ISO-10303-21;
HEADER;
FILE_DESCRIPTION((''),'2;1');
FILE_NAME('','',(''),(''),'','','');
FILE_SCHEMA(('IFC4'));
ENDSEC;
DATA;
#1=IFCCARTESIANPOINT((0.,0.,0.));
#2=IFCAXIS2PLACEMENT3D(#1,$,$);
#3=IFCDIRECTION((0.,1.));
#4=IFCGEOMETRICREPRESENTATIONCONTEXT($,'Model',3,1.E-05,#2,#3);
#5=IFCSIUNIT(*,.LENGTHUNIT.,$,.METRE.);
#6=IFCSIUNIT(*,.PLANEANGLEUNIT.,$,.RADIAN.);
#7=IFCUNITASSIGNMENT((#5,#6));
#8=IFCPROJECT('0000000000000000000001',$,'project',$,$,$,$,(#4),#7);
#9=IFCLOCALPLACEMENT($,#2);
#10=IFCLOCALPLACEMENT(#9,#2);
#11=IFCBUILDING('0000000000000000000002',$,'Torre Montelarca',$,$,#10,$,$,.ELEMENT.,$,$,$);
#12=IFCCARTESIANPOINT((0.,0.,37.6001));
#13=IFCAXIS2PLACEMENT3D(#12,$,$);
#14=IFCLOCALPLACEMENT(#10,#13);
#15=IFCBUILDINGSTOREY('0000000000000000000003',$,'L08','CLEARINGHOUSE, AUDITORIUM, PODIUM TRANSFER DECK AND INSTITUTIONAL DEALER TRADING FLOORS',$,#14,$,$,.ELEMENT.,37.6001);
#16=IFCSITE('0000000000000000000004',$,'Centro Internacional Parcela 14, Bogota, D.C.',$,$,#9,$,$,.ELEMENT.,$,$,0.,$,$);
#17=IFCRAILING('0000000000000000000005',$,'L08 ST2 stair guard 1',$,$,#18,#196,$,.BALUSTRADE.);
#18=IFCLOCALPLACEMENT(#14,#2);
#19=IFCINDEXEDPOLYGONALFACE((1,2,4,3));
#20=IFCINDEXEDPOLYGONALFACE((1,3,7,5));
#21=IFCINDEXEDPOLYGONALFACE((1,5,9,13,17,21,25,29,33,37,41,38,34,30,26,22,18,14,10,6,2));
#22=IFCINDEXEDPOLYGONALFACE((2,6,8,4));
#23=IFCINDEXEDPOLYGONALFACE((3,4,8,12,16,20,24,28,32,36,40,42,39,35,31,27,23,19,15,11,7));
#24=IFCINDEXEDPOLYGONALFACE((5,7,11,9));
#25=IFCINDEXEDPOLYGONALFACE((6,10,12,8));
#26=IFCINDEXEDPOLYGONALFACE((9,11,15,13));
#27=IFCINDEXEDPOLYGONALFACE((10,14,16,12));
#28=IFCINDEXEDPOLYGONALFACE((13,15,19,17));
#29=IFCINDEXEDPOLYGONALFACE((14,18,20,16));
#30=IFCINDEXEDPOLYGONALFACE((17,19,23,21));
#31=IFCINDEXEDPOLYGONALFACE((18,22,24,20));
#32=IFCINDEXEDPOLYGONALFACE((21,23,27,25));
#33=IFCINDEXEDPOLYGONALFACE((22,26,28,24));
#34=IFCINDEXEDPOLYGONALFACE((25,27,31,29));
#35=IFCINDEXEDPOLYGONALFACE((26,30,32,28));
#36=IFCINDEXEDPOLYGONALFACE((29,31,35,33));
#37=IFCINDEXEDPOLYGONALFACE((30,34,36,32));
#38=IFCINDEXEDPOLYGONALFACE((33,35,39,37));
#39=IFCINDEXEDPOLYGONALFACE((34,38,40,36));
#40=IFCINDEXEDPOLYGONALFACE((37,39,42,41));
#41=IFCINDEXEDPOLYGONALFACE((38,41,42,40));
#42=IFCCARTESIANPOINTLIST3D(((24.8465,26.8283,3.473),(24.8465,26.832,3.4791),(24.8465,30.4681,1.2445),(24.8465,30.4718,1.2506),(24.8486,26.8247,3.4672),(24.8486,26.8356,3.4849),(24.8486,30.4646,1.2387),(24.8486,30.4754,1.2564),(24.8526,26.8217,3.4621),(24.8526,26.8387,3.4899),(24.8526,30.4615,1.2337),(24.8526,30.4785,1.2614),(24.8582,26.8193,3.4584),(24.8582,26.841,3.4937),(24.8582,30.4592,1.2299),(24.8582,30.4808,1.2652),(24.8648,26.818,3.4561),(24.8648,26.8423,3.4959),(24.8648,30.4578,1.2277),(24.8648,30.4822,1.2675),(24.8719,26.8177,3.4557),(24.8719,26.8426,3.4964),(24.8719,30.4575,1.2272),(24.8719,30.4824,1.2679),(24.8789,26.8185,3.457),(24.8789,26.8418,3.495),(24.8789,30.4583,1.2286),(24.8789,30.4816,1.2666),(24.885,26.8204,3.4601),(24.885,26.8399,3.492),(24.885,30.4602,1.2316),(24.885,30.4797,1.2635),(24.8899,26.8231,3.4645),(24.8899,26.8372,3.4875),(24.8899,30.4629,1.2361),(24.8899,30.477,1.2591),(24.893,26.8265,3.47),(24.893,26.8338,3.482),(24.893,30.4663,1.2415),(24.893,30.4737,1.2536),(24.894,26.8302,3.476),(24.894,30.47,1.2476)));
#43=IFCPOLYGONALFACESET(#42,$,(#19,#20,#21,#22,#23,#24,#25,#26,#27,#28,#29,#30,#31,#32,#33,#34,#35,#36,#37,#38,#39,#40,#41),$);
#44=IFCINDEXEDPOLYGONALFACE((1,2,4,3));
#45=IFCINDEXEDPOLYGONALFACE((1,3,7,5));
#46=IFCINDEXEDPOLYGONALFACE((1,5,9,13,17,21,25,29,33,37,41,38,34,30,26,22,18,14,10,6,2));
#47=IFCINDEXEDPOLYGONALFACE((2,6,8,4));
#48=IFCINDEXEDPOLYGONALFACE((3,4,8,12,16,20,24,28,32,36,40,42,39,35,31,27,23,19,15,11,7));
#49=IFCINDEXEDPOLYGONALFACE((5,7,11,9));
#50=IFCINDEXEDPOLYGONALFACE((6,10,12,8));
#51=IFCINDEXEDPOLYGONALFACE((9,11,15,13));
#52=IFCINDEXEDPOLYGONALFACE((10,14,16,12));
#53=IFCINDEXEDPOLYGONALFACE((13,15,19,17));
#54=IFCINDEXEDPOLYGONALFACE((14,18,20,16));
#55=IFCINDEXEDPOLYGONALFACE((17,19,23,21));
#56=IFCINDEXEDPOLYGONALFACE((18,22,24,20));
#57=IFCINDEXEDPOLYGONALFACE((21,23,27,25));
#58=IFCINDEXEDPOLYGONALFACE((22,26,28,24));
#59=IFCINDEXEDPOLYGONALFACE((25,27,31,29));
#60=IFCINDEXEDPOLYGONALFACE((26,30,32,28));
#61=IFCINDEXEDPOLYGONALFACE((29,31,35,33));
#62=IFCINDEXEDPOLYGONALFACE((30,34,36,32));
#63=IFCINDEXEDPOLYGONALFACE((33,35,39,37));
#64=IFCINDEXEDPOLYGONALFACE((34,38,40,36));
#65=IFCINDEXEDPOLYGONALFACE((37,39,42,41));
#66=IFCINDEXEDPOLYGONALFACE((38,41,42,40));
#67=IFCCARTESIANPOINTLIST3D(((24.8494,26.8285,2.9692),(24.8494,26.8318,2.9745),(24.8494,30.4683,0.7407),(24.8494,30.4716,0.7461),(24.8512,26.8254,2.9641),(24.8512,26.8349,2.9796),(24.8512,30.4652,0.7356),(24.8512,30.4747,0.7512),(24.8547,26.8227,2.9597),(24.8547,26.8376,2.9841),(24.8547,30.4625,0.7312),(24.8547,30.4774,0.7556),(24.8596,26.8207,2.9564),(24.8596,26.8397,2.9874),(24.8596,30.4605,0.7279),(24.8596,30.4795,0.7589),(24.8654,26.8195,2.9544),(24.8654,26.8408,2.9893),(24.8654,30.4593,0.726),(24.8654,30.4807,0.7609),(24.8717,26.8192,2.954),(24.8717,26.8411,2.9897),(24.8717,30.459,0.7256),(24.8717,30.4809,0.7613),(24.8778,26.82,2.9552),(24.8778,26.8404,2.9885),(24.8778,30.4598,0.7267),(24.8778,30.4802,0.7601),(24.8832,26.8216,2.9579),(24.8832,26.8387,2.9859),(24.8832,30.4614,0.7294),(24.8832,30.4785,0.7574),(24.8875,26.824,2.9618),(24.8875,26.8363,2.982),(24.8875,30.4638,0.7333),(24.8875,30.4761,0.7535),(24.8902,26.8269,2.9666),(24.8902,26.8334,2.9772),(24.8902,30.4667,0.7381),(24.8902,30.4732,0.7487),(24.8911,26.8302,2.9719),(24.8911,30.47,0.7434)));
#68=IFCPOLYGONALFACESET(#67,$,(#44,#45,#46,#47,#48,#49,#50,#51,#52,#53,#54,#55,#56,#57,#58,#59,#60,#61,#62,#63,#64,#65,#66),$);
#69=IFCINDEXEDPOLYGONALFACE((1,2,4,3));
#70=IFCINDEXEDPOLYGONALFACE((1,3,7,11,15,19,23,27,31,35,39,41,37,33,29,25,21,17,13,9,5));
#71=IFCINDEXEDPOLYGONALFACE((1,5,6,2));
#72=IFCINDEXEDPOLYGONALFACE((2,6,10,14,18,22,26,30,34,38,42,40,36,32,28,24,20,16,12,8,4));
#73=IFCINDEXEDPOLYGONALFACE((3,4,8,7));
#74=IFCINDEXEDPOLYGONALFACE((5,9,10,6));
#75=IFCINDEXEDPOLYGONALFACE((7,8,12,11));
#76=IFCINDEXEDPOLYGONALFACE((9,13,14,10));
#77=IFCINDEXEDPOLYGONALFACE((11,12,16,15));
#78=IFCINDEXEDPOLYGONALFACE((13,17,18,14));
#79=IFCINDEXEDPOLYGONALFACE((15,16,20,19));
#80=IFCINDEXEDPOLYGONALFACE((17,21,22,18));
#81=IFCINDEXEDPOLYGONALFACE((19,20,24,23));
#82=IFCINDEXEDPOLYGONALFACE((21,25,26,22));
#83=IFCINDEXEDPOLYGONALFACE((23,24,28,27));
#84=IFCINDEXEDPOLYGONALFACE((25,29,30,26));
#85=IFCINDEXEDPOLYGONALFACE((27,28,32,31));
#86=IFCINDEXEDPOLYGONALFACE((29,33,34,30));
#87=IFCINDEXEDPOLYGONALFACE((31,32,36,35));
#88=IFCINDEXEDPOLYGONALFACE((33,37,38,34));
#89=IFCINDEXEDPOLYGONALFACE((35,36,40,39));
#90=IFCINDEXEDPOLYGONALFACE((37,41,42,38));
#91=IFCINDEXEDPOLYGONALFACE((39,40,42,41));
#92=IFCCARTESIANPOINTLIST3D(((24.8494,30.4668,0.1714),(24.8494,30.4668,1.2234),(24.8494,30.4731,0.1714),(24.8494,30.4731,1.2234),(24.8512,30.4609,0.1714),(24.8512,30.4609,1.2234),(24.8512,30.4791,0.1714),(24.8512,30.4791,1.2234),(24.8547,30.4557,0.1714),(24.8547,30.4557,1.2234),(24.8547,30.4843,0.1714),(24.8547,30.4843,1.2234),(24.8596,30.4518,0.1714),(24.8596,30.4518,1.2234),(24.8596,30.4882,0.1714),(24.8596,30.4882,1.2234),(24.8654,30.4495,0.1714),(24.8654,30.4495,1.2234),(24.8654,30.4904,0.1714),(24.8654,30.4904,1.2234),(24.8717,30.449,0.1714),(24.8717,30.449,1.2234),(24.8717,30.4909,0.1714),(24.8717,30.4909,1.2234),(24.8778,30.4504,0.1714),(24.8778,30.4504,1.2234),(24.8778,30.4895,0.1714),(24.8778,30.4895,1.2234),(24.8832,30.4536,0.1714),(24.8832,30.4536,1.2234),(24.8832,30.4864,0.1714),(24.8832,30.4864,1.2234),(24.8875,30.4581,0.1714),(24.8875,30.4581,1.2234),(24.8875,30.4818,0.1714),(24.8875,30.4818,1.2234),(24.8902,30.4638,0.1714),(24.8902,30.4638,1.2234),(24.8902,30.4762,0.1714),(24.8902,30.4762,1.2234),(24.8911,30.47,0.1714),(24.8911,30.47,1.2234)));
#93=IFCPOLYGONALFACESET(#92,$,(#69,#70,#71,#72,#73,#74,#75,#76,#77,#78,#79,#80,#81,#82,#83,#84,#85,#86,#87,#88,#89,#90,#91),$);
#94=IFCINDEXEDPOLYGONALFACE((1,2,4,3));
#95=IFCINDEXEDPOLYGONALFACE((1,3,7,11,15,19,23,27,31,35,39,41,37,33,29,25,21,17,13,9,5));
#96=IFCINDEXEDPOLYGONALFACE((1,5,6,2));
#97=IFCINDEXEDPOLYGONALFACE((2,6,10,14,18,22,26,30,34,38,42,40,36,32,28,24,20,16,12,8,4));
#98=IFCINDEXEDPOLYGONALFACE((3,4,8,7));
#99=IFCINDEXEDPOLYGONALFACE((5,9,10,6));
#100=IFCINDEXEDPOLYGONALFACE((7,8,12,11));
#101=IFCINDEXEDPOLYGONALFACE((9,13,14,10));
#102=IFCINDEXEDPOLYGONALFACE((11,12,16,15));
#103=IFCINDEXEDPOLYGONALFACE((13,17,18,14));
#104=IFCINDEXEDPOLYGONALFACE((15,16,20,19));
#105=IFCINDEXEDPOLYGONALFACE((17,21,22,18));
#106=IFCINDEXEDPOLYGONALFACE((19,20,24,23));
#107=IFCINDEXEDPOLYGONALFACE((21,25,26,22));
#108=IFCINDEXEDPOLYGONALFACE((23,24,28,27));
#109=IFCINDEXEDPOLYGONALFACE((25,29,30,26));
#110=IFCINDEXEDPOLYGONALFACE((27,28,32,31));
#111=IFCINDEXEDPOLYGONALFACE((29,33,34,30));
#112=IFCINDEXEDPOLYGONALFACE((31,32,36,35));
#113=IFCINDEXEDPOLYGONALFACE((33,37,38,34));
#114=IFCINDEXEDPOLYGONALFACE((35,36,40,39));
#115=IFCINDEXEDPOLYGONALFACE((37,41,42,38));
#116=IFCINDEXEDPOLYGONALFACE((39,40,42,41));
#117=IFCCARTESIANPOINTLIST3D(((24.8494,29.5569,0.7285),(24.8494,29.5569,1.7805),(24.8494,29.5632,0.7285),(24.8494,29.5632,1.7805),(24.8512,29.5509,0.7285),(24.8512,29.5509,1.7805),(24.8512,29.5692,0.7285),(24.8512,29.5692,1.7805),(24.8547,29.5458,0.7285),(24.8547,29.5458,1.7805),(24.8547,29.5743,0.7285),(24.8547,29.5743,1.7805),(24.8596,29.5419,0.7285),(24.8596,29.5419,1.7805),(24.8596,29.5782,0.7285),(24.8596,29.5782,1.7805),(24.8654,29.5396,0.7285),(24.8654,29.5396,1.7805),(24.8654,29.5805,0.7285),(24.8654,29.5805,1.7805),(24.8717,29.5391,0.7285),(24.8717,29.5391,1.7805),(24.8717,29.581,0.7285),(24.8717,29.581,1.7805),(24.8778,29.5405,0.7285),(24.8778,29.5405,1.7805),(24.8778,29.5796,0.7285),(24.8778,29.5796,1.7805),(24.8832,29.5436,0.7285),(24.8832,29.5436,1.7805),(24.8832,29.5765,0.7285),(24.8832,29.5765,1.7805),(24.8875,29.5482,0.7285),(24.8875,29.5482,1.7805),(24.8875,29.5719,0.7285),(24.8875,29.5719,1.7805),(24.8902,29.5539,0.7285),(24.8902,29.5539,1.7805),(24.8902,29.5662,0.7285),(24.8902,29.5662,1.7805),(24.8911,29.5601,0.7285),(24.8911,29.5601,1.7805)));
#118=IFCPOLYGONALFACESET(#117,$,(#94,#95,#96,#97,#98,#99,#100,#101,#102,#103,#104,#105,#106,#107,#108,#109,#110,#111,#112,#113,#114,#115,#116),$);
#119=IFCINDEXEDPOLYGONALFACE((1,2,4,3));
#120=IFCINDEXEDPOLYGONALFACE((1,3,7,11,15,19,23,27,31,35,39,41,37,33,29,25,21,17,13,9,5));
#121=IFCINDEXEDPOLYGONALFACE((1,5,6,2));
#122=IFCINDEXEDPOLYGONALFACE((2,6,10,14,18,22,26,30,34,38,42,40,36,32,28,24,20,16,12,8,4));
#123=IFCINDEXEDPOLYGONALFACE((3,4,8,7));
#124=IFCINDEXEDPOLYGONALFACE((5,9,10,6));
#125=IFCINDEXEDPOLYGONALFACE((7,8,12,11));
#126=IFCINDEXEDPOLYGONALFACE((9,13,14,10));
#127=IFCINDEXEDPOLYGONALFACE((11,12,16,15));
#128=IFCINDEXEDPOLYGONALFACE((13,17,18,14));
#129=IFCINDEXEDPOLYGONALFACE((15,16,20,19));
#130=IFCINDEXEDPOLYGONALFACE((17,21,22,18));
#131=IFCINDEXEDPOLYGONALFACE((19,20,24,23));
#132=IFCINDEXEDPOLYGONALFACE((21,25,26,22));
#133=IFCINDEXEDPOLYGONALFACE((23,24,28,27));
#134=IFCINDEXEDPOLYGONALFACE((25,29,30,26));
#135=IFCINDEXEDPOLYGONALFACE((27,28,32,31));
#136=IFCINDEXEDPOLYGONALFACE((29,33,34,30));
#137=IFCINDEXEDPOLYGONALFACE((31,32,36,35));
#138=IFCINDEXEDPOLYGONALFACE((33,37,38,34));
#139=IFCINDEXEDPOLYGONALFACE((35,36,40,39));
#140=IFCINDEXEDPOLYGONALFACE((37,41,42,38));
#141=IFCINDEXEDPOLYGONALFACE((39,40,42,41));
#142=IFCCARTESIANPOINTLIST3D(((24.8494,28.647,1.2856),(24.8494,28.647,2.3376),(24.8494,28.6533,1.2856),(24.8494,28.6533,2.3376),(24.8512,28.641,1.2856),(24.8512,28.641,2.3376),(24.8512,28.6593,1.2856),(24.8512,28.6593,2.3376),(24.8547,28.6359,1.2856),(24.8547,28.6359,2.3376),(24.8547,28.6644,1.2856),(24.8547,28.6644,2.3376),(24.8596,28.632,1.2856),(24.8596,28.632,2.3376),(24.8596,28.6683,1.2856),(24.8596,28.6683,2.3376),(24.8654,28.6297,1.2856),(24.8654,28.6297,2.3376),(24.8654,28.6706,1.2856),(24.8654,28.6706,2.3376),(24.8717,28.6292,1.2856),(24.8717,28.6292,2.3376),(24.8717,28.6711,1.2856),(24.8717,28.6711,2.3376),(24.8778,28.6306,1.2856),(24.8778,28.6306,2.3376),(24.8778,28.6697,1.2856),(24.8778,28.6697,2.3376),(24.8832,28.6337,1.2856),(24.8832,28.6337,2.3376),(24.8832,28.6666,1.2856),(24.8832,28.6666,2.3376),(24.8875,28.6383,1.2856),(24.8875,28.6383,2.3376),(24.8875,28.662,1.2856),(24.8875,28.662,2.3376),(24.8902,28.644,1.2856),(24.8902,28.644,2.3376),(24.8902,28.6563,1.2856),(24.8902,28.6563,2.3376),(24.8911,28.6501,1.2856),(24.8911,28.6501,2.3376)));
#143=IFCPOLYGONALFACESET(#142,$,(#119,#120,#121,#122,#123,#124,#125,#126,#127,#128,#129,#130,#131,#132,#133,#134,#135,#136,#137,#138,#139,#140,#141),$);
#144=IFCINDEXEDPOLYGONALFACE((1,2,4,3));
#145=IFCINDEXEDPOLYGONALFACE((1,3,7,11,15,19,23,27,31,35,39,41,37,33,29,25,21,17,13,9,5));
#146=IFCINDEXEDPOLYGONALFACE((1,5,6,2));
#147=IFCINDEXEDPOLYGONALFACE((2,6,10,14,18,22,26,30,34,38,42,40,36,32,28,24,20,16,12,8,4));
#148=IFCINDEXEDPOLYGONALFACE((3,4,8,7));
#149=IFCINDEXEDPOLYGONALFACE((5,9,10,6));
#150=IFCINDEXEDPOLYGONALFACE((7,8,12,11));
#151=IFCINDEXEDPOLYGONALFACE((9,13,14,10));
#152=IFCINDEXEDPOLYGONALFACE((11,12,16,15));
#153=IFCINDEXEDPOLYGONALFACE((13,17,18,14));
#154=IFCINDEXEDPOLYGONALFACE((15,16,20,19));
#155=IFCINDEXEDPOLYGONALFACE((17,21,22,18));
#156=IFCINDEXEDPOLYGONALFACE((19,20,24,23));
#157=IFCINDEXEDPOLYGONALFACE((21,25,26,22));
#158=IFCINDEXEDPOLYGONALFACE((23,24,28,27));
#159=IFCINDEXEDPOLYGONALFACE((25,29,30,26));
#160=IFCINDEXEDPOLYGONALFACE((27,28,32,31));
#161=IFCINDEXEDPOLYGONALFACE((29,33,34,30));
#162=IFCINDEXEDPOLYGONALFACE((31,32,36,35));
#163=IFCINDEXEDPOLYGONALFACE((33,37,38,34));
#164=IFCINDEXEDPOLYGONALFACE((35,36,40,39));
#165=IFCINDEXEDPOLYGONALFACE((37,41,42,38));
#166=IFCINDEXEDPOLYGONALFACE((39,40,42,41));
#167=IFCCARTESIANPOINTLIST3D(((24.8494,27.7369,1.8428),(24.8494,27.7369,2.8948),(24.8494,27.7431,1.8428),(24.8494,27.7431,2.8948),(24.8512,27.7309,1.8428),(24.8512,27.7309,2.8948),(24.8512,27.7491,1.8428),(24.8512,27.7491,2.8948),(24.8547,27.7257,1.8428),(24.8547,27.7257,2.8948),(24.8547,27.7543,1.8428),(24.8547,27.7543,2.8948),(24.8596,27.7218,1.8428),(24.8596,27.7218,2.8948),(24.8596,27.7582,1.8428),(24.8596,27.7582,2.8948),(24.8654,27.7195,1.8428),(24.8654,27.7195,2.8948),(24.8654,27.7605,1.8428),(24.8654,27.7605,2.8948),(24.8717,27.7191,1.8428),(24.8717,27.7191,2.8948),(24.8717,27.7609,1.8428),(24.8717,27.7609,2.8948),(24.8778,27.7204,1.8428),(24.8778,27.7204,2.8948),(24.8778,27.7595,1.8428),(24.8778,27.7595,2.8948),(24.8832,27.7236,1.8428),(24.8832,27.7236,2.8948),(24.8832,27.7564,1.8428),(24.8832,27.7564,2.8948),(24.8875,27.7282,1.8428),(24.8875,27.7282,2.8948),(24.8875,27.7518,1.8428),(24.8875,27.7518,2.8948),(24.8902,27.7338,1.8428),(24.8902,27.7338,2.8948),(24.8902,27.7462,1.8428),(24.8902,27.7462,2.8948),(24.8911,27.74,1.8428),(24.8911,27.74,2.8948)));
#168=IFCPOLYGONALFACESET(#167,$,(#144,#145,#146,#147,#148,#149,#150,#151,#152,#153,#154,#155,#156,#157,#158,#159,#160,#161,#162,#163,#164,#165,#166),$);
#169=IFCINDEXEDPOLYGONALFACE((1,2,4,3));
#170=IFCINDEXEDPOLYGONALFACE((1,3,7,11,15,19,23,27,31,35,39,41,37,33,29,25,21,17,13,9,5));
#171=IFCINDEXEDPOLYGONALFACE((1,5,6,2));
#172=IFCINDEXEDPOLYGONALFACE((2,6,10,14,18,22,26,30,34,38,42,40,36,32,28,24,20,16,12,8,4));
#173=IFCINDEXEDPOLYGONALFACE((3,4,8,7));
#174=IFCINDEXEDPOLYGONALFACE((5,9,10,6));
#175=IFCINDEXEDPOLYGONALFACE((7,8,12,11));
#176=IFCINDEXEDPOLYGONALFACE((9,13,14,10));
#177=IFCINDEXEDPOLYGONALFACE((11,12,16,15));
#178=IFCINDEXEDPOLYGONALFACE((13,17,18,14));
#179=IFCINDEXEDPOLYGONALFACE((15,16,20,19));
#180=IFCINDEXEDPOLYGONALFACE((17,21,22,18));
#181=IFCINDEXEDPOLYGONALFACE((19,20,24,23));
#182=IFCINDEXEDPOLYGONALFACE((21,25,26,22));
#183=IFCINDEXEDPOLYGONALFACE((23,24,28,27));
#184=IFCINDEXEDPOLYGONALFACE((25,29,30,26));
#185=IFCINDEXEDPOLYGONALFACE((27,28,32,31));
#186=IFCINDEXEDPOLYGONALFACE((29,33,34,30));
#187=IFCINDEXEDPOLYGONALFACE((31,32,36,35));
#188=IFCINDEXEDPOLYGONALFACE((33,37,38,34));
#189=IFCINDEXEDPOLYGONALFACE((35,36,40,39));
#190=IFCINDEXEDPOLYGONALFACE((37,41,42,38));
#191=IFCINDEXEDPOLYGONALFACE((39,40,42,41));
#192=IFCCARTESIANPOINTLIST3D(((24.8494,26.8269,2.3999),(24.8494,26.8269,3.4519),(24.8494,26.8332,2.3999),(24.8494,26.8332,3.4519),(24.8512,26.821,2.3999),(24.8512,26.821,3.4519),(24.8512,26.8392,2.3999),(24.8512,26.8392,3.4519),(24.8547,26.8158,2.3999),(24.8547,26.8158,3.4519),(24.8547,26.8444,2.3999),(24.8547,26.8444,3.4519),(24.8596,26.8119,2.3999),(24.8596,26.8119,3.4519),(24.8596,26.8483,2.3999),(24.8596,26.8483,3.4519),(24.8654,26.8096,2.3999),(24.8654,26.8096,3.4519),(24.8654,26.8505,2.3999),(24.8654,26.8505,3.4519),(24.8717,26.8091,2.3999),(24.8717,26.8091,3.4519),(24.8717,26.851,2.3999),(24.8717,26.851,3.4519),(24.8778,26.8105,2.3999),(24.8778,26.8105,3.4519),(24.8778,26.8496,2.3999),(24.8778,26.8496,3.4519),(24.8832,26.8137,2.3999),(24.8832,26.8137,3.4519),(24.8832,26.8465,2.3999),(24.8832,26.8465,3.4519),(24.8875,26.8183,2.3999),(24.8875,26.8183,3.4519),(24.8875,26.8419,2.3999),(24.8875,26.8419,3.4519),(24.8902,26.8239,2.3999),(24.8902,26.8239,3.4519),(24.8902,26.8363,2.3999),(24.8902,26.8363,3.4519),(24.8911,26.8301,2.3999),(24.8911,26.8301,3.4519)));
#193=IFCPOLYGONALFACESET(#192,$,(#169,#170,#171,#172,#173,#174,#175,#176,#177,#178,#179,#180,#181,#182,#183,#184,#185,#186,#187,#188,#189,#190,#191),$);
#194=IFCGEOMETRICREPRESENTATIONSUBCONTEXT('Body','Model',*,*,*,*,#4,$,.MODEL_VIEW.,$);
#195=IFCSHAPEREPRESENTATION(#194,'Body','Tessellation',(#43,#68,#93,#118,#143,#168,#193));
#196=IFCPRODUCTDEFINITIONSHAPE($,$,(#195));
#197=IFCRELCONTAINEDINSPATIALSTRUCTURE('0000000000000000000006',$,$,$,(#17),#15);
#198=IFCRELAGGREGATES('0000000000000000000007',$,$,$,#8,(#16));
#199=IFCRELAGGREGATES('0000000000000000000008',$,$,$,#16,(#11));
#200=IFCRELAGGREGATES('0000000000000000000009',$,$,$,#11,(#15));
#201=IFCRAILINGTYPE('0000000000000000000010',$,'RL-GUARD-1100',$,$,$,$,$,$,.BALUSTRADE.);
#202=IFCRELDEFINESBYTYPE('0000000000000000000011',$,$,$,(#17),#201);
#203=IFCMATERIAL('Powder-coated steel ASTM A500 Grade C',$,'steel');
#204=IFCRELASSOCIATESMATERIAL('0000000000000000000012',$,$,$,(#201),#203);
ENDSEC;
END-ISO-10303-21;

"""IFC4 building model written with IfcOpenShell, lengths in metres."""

from ifc_helpers import new_model, si_unit, direction, frame, origin, origin_2d, place, context, subcontext, project, spatial, circle, extrude, material, type_object, element, save


model = new_model("IFC4")

# Units and contexts
model_context = context("Model", 3, precision=1e-05, world=origin(), true_north=direction((0.0, 1.0)))
body_context = subcontext(model_context, "Body", "Model", "MODEL_VIEW")
ifc_project = project(units=[si_unit("LENGTHUNIT", "METRE"), si_unit("PLANEANGLEUNIT", "RADIAN")], contexts=[model_context])

# Site, building, storey
site_placement = place(None, origin())
site = spatial("IfcSite", under=ifc_project, at=site_placement, Name="Centro Internacional Parcela 14, Bogota, D.C.", CompositionType="ELEMENT", RefElevation=0.0)
building_placement = place(site_placement, origin())
building = spatial("IfcBuilding", under=site, at=building_placement, Name="Torre Montelarca", CompositionType="ELEMENT")
storey_placement = place(building_placement, frame((0.0, 0.0, 37.6001)))
storey = spatial("IfcBuildingStorey", under=building, at=storey_placement, Name="L08", Description="CLEARINGHOUSE, AUDITORIUM, PODIUM TRANSFER DECK AND INSTITUTIONAL DEALER TRADING FLOORS", CompositionType="ELEMENT", Elevation=37.6001)

# Railing
ifc_material_1 = material(Name="Powder-coated steel ASTM A500 Grade C", Category="steel")
railing_type_1 = type_object("IfcRailingType", Name="RL-GUARD-1100", PredefinedType="BALUSTRADE", material=ifc_material_1)
railing_1_placement = place(storey_placement, frame((24.8701, 30.47, 0.1714)))
element("IfcRailing", 1, at=railing_1_placement, inside=storey, type_object=railing_type_1, Name="L08 ST2 stair guard 1", PredefinedType="BALUSTRADE", context=body_context, shape_type="SweptSolid", body=[
    extrude(circle(Radius=0.0239, at=origin_2d()), frame((0.0, 0.0, 1.0762), z_axis=(0.0, -0.85285, 0.522156), x_axis=(1.0, 0.0, 0.0)), (0.0, 0.0, 1.0), 4.2678),
    extrude(circle(Radius=0.021, at=origin_2d()), frame((0.0, 0.0, 0.572), z_axis=(0.0, -0.85285, 0.522156), x_axis=(1.0, 0.0, 0.0)), (0.0, 0.0, 1.0), 4.2678),
    extrude(circle(Radius=0.021, at=origin_2d()), origin(), (0.0, 0.0, 1.0), 1.052),
    extrude(circle(Radius=0.021, at=origin_2d()), frame((0.0, -0.9099, 0.5571)), (0.0, 0.0, 1.0), 1.052),
    extrude(circle(Radius=0.021, at=origin_2d()), frame((0.0, -1.8198, 1.1143)), (0.0, 0.0, 1.0), 1.052),
    extrude(circle(Radius=0.021, at=origin_2d()), frame((0.0, -2.73, 1.6714)), (0.0, 0.0, 1.0), 1.052),
    extrude(circle(Radius=0.021, at=origin_2d()), frame((0.0, -3.6399, 2.2285)), (0.0, 0.0, 1.0), 1.052),
])

save(model, "model.ifc")
